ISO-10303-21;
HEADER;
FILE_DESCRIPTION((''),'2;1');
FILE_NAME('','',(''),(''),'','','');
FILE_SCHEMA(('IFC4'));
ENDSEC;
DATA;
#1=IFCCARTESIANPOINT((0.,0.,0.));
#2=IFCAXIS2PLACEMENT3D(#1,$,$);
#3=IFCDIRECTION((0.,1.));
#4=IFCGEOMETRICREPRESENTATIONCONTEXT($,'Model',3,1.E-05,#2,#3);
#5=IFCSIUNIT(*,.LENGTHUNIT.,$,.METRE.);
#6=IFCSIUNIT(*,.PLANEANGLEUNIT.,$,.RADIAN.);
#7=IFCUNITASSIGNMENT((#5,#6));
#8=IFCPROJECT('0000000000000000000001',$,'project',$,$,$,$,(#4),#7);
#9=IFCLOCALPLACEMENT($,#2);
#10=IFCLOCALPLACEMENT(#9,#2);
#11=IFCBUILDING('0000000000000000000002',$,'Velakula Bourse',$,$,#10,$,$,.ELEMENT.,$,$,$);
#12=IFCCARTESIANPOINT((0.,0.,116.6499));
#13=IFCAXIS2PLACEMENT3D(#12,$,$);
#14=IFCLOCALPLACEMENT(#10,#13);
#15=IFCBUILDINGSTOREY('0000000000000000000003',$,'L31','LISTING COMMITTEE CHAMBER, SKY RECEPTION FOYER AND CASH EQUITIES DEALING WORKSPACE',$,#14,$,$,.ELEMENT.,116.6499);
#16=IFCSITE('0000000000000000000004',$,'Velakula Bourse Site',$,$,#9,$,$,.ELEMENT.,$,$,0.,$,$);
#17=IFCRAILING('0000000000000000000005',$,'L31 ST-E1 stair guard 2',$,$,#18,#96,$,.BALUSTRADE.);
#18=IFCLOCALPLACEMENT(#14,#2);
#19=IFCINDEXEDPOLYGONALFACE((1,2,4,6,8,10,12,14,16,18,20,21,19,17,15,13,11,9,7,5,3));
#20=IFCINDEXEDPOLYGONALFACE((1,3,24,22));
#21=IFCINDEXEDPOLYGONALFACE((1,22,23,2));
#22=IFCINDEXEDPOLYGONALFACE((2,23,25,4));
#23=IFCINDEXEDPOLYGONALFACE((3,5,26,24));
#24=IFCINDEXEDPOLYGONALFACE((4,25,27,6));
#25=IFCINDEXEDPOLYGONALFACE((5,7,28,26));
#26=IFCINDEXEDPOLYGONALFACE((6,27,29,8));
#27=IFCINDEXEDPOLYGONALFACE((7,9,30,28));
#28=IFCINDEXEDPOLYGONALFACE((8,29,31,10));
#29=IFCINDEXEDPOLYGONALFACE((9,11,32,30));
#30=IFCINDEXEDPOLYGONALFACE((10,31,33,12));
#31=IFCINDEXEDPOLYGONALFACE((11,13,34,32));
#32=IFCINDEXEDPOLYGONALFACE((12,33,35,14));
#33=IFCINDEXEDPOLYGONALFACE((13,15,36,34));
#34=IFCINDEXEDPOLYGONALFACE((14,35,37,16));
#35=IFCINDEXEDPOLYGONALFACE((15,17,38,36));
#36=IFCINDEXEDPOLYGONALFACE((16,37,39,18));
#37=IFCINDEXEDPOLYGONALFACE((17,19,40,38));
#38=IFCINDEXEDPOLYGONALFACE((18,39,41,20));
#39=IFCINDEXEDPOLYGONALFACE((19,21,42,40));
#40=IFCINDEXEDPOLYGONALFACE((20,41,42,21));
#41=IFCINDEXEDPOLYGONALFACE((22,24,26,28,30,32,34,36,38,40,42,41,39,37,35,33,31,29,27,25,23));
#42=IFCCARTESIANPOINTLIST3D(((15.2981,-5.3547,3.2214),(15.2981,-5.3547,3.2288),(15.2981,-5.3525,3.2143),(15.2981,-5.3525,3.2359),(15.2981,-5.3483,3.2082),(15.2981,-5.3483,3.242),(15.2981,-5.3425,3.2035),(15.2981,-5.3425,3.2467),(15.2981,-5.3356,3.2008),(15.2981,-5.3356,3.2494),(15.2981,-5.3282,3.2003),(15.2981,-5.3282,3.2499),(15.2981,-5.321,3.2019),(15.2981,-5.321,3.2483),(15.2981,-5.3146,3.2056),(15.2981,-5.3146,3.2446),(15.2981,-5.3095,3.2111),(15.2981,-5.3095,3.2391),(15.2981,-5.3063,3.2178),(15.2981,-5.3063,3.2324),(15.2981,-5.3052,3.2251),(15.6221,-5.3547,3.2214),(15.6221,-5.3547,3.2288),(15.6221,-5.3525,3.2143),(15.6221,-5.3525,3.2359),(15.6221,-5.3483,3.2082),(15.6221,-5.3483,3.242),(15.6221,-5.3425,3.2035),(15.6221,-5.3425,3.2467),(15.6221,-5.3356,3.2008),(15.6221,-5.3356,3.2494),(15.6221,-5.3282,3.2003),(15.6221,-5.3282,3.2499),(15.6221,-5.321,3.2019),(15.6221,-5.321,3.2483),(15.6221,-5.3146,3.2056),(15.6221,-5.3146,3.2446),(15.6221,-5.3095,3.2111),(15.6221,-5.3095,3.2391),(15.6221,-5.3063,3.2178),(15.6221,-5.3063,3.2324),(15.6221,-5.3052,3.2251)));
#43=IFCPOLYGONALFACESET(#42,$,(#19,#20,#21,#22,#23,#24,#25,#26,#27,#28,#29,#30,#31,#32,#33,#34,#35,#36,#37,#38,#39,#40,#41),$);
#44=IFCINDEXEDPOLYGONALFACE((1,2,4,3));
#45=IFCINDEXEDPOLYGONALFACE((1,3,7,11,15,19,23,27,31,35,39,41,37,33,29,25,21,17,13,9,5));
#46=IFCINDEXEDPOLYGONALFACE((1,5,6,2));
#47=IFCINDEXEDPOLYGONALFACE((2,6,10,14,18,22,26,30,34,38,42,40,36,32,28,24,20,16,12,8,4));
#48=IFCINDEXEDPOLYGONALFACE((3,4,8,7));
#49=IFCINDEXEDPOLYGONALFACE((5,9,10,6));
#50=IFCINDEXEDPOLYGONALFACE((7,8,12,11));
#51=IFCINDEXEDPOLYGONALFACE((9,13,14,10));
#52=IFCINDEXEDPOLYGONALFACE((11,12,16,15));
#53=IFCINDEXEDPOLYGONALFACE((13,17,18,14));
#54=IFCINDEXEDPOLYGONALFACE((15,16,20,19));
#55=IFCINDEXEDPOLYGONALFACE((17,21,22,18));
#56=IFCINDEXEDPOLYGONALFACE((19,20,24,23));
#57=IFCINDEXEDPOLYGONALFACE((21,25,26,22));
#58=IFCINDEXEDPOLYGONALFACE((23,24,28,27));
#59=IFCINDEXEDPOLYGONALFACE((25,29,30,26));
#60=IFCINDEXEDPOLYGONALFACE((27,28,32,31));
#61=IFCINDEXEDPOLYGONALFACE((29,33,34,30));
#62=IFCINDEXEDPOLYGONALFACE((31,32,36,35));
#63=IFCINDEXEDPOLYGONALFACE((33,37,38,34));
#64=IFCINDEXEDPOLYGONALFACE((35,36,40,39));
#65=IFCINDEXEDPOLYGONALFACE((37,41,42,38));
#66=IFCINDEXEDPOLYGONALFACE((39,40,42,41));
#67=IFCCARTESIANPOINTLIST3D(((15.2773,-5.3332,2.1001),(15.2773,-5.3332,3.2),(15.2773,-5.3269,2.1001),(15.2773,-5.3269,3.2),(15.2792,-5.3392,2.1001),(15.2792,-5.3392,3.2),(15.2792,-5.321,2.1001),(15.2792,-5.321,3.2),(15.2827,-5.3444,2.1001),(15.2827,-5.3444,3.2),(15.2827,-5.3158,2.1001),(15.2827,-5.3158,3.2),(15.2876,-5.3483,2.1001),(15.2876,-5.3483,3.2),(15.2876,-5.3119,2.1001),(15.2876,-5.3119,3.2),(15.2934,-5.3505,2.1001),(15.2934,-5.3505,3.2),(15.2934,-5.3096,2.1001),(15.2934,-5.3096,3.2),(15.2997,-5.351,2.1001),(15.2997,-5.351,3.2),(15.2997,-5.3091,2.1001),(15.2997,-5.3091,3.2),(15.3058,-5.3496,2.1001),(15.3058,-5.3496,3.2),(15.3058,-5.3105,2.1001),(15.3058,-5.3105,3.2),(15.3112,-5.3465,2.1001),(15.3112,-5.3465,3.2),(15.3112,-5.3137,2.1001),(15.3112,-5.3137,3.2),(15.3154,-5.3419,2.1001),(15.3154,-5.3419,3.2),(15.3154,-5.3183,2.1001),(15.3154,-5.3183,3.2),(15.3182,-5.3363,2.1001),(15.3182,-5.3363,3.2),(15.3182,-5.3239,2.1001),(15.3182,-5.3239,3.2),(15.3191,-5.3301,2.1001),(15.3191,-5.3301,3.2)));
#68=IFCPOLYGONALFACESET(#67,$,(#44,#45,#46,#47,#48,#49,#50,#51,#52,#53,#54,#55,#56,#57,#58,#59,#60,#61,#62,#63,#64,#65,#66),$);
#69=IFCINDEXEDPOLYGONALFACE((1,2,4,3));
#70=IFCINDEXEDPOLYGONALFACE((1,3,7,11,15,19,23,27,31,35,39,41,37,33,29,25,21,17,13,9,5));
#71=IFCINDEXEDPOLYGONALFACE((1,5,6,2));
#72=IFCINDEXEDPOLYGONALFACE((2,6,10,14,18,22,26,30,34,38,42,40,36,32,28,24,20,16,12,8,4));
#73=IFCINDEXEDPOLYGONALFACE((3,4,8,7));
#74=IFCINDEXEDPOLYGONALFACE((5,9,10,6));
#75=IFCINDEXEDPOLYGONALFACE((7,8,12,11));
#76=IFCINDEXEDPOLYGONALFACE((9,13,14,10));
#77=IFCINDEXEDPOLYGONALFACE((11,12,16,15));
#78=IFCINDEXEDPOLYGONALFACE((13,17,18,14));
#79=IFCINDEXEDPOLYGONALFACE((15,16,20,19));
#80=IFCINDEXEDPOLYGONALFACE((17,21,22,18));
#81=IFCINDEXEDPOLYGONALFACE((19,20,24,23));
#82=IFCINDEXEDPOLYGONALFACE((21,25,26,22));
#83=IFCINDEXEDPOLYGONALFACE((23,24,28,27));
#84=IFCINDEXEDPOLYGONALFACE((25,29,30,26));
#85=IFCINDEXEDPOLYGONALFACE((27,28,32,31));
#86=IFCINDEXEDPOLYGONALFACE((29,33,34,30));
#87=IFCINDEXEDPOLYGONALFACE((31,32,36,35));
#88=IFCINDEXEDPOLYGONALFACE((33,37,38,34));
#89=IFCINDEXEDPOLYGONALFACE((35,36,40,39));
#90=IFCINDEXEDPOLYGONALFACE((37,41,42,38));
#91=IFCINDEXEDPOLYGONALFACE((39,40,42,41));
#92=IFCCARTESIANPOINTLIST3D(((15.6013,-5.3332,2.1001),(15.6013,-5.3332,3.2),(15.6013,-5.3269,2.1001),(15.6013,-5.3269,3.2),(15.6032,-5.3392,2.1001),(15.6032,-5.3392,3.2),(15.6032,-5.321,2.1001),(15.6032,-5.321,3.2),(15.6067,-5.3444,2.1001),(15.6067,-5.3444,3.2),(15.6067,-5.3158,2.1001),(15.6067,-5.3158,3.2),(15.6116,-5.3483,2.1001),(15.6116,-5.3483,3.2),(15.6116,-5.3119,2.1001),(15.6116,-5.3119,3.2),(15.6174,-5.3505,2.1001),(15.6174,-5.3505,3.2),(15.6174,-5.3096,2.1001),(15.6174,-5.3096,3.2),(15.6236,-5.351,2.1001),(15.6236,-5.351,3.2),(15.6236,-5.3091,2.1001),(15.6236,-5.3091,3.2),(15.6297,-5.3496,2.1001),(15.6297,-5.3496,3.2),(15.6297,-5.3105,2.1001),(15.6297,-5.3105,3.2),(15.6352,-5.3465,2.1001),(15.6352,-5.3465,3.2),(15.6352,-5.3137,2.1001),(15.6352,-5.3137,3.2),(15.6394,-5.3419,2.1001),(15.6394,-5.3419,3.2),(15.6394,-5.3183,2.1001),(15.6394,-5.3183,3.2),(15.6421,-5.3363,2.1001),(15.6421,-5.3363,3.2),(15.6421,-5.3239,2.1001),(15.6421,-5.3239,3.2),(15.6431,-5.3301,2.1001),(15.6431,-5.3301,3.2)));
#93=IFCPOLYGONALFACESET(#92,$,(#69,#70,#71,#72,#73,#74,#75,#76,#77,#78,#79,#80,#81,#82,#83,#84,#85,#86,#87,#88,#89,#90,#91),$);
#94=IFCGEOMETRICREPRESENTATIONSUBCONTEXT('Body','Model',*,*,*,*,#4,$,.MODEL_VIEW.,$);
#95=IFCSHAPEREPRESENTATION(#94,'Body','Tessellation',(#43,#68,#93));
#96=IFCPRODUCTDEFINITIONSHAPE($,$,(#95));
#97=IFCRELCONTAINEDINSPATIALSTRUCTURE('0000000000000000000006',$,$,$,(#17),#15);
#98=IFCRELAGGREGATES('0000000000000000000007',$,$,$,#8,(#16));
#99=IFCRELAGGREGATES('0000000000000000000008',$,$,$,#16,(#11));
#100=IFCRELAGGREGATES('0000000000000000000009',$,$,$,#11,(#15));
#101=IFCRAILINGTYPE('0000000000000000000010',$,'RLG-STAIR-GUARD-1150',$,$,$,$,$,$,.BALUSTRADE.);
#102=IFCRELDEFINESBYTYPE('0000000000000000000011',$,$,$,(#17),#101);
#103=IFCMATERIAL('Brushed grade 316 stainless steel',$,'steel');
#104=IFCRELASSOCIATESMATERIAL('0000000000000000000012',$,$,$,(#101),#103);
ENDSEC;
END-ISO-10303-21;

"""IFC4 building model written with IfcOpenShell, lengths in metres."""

from ifc_helpers import new_model, si_unit, direction, frame, origin, origin_2d, place, context, subcontext, project, spatial, circle, extrude, material, type_object, element, save


model = new_model("IFC4")

# Units and contexts
model_context = context("Model", 3, precision=1e-05, world=origin(), true_north=direction((0.0, 1.0)))
body_context = subcontext(model_context, "Body", "Model", "MODEL_VIEW")
ifc_project = project(units=[si_unit("LENGTHUNIT", "METRE"), si_unit("PLANEANGLEUNIT", "RADIAN")], contexts=[model_context])

# Site, building, storey
site_placement = place(None, origin())
site = spatial("IfcSite", under=ifc_project, at=site_placement, Name="Velakula Bourse Site", CompositionType="ELEMENT", RefElevation=0.0)
building_placement = place(site_placement, origin())
building = spatial("IfcBuilding", under=site, at=building_placement, Name="Velakula Bourse", CompositionType="ELEMENT")
storey_placement = place(building_placement, frame((0.0, 0.0, 116.6499)))
storey = spatial("IfcBuildingStorey", under=building, at=storey_placement, Name="L31", Description="LISTING COMMITTEE CHAMBER, SKY RECEPTION FOYER AND CASH EQUITIES DEALING WORKSPACE", CompositionType="ELEMENT", Elevation=116.6499)

# Shared definitions
ifc_material_1 = material(Name="Brushed grade 316 stainless steel", Category="steel")

# Railing
railing_type_1 = type_object("IfcRailingType", Name="RLG-STAIR-GUARD-1150", PredefinedType="BALUSTRADE", material=ifc_material_1)
railing_1_placement = place(storey_placement, frame((15.2981, -5.3301, 2.1001)))
element("IfcRailing", 1, at=railing_1_placement, inside=storey, type_object=railing_type_1, Name="L31 ST-E1 stair guard 2", PredefinedType="BALUSTRADE", context=body_context, shape_type="SweptSolid", body=[
    extrude(circle(Radius=0.0249, at=origin_2d()), frame((0.0, 0.0, 1.125), z_axis=(1.0, 0.0, 0.0), x_axis=(0.0, 1.0, 0.0)), (0.0, 0.0, 1.0), 0.324),
    extrude(circle(Radius=0.021, at=origin_2d()), origin(), (0.0, 0.0, 1.0), 1.0999),
    extrude(circle(Radius=0.021, at=origin_2d()), frame((0.324, 0.0, 0.0)), (0.0, 0.0, 1.0), 1.0999),
])

save(model, "model.ifc")
